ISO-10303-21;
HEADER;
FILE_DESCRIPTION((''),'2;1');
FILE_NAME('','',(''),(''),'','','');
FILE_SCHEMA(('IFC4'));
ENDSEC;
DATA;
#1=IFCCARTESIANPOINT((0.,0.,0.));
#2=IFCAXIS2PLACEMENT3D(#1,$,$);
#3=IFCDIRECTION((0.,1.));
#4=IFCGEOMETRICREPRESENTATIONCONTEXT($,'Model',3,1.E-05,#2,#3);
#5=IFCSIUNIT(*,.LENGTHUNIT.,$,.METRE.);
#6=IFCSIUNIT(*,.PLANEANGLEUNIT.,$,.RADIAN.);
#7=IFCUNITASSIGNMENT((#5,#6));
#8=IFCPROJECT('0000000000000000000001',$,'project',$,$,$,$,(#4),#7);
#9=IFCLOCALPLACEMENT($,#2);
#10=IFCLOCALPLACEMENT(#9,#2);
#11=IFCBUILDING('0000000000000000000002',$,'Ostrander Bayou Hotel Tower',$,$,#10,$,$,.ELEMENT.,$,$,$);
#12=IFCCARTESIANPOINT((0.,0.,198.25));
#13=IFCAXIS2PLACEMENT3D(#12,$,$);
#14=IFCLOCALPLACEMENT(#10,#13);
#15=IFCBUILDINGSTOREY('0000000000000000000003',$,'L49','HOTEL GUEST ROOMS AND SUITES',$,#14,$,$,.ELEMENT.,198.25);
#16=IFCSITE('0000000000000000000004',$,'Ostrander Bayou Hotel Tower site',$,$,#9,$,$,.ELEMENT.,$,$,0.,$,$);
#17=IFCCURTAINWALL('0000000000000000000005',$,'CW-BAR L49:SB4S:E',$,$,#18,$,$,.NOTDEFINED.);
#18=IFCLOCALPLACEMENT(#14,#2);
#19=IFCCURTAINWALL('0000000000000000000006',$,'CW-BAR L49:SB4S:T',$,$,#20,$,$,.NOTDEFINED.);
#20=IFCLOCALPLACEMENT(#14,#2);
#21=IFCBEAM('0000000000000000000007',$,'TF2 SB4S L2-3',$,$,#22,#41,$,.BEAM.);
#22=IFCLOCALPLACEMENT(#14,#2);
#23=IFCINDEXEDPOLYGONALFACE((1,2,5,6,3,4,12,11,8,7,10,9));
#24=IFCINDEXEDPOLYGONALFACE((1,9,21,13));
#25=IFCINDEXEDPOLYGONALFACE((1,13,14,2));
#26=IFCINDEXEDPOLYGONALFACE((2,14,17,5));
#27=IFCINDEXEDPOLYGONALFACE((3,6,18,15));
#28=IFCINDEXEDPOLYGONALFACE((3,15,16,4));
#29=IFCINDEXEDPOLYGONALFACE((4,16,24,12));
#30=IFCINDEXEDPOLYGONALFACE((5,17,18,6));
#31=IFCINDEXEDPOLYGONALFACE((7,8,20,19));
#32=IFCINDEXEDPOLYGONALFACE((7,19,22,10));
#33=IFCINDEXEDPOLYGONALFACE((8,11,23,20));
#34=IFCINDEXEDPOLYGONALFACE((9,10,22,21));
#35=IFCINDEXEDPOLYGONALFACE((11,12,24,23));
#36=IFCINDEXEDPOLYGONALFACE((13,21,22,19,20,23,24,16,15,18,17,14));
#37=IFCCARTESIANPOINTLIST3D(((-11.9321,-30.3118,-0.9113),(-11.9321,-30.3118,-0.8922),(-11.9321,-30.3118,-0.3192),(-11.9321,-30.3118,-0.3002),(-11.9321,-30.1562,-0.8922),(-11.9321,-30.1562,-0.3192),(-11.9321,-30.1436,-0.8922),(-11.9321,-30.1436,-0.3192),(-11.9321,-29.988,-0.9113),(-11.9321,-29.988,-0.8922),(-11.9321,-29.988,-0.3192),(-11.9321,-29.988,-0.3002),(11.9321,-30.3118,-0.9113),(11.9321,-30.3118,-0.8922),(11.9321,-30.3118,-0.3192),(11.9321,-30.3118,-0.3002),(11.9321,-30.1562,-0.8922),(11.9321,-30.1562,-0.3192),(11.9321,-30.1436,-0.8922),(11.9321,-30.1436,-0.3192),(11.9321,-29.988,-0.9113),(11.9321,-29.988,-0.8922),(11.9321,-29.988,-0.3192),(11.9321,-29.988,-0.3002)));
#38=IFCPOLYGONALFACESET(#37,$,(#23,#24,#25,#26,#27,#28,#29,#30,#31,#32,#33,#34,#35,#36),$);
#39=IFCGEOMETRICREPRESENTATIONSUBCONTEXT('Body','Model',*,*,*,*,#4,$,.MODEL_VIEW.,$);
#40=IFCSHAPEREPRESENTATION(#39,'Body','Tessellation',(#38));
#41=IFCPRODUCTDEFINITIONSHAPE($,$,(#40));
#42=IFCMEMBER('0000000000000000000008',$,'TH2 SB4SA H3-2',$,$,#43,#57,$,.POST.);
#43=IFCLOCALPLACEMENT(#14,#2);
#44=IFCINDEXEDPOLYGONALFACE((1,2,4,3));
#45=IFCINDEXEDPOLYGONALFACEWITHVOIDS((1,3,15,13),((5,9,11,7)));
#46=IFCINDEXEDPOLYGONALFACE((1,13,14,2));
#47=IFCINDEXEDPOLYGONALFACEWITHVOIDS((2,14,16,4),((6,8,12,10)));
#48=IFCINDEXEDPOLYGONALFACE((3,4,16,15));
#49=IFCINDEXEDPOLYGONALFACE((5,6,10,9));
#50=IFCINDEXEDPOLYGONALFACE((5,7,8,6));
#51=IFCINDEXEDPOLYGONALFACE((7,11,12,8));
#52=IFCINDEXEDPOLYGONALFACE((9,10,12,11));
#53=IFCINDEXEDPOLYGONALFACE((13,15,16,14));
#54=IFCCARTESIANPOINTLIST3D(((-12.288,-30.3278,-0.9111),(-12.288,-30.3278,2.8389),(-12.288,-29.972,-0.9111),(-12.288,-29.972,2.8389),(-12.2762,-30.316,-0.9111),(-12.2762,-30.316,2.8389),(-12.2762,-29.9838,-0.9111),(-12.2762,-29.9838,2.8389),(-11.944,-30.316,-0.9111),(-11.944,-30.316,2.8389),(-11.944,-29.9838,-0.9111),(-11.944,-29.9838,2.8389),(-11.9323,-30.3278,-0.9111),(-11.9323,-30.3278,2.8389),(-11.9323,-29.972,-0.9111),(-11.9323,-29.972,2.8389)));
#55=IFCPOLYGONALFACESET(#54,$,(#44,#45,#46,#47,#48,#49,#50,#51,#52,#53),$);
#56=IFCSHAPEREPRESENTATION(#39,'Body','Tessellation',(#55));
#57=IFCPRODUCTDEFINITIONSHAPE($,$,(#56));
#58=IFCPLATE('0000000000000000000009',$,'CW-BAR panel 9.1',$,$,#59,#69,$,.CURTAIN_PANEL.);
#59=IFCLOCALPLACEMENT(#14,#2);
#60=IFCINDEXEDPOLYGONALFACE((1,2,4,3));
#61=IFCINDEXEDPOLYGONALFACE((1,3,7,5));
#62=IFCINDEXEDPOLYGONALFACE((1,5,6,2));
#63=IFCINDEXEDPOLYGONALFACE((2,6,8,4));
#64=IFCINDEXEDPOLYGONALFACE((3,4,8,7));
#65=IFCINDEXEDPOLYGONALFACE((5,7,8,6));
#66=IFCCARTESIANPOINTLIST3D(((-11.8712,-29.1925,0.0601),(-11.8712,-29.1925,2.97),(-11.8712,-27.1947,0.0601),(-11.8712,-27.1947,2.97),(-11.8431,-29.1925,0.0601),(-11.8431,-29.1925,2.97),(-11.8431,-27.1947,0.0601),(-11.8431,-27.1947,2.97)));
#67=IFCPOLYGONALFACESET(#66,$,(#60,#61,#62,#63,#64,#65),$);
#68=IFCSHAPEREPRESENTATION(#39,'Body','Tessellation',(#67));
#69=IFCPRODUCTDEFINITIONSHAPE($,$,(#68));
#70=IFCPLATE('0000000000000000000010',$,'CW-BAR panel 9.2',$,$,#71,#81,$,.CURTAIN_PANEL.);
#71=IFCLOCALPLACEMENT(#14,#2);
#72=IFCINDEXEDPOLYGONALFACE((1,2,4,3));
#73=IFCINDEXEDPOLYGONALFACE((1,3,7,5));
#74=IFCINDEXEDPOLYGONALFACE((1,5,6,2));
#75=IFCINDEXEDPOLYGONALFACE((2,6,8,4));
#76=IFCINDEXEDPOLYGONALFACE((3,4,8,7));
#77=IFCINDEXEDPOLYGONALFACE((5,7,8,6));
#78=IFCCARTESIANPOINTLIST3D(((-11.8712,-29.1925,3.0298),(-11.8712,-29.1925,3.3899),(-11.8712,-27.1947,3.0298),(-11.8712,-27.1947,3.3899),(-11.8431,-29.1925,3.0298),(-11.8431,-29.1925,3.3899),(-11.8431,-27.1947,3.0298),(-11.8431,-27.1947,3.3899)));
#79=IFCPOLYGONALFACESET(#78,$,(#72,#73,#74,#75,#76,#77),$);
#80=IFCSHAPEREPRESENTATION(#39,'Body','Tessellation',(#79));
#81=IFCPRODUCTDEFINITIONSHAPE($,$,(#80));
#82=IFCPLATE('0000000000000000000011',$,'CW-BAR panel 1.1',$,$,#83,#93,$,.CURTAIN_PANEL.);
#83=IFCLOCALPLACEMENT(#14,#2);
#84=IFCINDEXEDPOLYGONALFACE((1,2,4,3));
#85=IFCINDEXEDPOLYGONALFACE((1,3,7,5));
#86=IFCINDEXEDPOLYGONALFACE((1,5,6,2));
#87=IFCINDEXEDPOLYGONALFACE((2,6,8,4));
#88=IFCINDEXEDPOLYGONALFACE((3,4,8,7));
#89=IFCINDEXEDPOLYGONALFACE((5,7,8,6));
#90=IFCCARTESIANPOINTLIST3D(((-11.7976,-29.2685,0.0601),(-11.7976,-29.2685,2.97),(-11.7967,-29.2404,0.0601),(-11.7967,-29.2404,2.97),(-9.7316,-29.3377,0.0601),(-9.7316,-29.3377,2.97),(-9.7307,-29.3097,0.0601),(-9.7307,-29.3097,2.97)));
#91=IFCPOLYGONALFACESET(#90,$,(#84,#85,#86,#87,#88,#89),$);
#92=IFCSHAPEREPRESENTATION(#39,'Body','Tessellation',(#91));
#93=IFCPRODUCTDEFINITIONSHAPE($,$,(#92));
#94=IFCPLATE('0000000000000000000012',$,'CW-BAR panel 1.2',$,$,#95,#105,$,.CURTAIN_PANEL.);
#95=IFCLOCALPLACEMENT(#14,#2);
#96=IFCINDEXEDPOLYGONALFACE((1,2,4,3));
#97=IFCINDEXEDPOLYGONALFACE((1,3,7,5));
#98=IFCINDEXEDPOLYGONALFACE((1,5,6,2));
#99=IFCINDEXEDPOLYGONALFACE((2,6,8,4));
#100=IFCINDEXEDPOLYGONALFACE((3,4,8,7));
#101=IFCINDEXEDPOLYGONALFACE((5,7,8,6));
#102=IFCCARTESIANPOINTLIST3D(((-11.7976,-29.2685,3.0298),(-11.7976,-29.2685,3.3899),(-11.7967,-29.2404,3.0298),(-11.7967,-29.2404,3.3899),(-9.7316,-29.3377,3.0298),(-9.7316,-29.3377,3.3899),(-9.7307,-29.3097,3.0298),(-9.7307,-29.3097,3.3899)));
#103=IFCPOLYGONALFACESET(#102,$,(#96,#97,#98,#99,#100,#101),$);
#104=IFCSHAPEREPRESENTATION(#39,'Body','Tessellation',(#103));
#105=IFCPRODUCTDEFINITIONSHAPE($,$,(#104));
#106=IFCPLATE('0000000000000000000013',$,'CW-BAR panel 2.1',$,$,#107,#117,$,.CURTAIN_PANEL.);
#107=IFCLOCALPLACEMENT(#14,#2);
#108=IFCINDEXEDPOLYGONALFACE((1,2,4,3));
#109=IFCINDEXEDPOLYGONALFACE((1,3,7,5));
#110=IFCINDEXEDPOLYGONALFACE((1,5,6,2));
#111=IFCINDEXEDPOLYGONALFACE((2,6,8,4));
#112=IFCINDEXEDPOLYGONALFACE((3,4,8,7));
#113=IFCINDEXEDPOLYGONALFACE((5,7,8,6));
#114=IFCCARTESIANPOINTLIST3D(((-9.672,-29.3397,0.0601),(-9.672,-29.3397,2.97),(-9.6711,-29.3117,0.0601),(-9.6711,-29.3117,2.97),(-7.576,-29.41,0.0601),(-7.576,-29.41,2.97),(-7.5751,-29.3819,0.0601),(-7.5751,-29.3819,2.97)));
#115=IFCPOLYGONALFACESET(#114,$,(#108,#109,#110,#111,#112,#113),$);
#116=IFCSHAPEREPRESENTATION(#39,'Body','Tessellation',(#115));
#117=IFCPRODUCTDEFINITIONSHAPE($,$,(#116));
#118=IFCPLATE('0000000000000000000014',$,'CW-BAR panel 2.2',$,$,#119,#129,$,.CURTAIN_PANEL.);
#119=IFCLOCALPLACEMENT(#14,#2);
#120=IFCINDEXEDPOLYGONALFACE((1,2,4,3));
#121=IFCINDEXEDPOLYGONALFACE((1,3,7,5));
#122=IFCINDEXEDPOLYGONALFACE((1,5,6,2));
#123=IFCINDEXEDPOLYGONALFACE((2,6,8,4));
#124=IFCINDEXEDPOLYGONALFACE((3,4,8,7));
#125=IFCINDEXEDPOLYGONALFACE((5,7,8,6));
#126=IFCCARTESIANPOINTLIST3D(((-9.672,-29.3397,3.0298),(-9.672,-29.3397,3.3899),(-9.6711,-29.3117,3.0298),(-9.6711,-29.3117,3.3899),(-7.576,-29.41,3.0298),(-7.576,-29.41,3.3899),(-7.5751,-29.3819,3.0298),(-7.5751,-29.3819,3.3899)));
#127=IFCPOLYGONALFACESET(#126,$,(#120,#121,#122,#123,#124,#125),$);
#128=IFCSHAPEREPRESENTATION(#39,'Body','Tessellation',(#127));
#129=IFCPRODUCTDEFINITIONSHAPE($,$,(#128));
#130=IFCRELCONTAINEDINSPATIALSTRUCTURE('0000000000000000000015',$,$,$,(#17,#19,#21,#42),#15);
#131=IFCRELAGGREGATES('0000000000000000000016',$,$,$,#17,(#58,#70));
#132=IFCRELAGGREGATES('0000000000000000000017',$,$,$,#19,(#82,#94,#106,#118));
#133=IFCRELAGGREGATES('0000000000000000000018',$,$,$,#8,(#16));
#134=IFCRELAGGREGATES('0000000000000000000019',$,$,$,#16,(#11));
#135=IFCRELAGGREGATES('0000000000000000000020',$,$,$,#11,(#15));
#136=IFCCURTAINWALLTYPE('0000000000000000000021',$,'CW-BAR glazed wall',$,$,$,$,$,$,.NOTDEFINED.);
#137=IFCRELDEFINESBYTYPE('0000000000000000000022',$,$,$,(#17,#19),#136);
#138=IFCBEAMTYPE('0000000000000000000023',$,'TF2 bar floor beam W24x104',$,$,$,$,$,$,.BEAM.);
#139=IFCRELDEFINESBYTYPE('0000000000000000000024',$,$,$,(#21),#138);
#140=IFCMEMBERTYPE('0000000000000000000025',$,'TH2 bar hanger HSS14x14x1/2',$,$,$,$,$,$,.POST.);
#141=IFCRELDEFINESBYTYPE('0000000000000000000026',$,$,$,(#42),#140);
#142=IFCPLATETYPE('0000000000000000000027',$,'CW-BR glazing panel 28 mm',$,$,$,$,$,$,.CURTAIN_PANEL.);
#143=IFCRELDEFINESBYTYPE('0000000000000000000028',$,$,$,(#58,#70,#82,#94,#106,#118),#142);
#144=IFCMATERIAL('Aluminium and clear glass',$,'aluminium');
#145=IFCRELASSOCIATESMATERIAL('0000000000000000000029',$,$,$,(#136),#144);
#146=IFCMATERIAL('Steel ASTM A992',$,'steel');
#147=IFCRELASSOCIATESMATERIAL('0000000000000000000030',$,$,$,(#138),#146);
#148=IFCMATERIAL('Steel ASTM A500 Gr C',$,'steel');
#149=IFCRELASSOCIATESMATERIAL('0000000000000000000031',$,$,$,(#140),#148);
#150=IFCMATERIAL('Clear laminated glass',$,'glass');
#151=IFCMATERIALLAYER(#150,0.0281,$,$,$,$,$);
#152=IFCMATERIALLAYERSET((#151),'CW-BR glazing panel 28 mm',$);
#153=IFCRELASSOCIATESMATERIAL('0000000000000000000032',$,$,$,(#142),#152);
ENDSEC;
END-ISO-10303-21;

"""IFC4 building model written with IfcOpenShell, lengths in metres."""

from ifc_helpers import new_model, si_unit, direction, frame, origin, origin_2d, place, context, subcontext, project, spatial, rectangle, hollow_rectangle, i_section, extrude, material, layer, layer_set, material_profile, profile_set, type_object, element, aggregate, save


model = new_model("IFC4")

# Units and contexts
model_context = context("Model", 3, precision=1e-05, world=origin(), true_north=direction((0.0, 1.0)))
body_context = subcontext(model_context, "Body", "Model", "MODEL_VIEW")
ifc_project = project(units=[si_unit("LENGTHUNIT", "METRE"), si_unit("PLANEANGLEUNIT", "RADIAN")], contexts=[model_context])

# Site, building, storey
site_placement = place(None, origin())
site = spatial("IfcSite", under=ifc_project, at=site_placement, Name="Ostrander Bayou Hotel Tower site", CompositionType="ELEMENT", RefElevation=0.0)
building_placement = place(site_placement, origin())
building = spatial("IfcBuilding", under=site, at=building_placement, Name="Ostrander Bayou Hotel Tower", CompositionType="ELEMENT")
storey_placement = place(building_placement, frame((0.0, 0.0, 198.25)))
storey = spatial("IfcBuildingStorey", under=building, at=storey_placement, Name="L49", Description="HOTEL GUEST ROOMS AND SUITES", CompositionType="ELEMENT", Elevation=198.25)

# Curtain wall
ifc_material_1 = material(Name="Aluminium and clear glass", Category="aluminium")
curtain_wall_type = type_object("IfcCurtainWallType", Name="CW-BAR glazed wall", PredefinedType="NOTDEFINED", material=ifc_material_1)
curtain_wall_1_placement = place(storey_placement, origin())
curtain_wall_1 = element("IfcCurtainWall", 1, at=curtain_wall_1_placement, inside=storey, type_object=curtain_wall_type, Name="CW-BAR L49:SB4S:E", PredefinedType="NOTDEFINED")

# Curtain wall
curtain_wall_2_placement = place(storey_placement, origin())
curtain_wall_2 = element("IfcCurtainWall", 2, at=curtain_wall_2_placement, inside=storey, type_object=curtain_wall_type, Name="CW-BAR L49:SB4S:T", PredefinedType="NOTDEFINED")

# Beam
ifc_material_2 = material(Name="Steel ASTM A992", Category="steel")
ifc_material_profile_1 = material_profile(ifc_material_2, i_section(OverallWidth=0.3237, OverallDepth=0.6111, WebThickness=0.0127, FlangeThickness=0.019, at=origin_2d()))
ifc_profile_set_1 = profile_set([ifc_material_profile_1], Name="Steel ASTM A992")
beam_type = type_object("IfcBeamType", Name="TF2 bar floor beam W24x104", PredefinedType="BEAM", material=ifc_profile_set_1)
beam_placement = place(storey_placement, frame((-11.9321, -30.1499, -0.6057), z_axis=(1.0, 0.0, 0.0), x_axis=(0.0, 1.0, 0.0)))
element("IfcBeam", 3, at=beam_placement, inside=storey, type_object=beam_type, Name="TF2 SB4S L2-3", PredefinedType="BEAM", context=body_context, shape_type="SweptSolid", body=[
    extrude(i_section(OverallWidth=0.3237, OverallDepth=0.6111, WebThickness=0.0127, FlangeThickness=0.019, at=origin_2d()), origin(), (0.0, 0.0, 1.0), 23.8643),
])

# Member
ifc_material_3 = material(Name="Steel ASTM A500 Gr C", Category="steel")
ifc_material_profile_2 = material_profile(ifc_material_3, hollow_rectangle(XDim=0.3557, YDim=0.3557, WallThickness=0.0117, at=origin_2d()))
ifc_profile_set_2 = profile_set([ifc_material_profile_2], Name="Steel ASTM A500 Gr C")
member_type_1 = type_object("IfcMemberType", Name="TH2 bar hanger HSS14x14x1/2", PredefinedType="POST", material=ifc_profile_set_2)
member_1_placement = place(storey_placement, frame((-12.1101, -30.1499, -0.9111), z_axis=(0.0, 0.0, 1.0), x_axis=(1.0, 0.0, 0.0)))
element("IfcMember", 4, at=member_1_placement, inside=storey, type_object=member_type_1, Name="TH2 SB4SA H3-2", PredefinedType="POST", context=body_context, shape_type="SweptSolid", body=[
    extrude(hollow_rectangle(XDim=0.3557, YDim=0.3557, WallThickness=0.0117, at=origin_2d()), origin(), (0.0, 0.0, 1.0), 3.75),
])

# Plates
ifc_material_4 = material(Name="Clear laminated glass", Category="glass")
ifc_layer = layer(ifc_material_4, 0.0281)
ifc_layer_set = layer_set([ifc_layer], Name="CW-BR glazing panel 28 mm")
plate_type = type_object("IfcPlateType", Name="CW-BR glazing panel 28 mm", PredefinedType="CURTAIN_PANEL", material=ifc_layer_set)
plate_1_placement = place(storey_placement, frame((-11.8572, -28.1936, 0.0601), z_axis=(0.0, 0.0, 1.0), x_axis=(0.0, -1.0, 0.0)))
plate_1 = element("IfcPlate", 5, at=plate_1_placement, type_object=plate_type, Name="CW-BAR panel 9.1", PredefinedType="CURTAIN_PANEL", context=body_context, shape_type="SweptSolid", body=[
    extrude(rectangle(XDim=1.9978, YDim=0.0281, at=origin_2d()), origin(), (0.0, 0.0, 1.0), 2.9099),
])
plate_2_placement = place(storey_placement, frame((-11.8572, -28.1936, 3.0298), z_axis=(0.0, 0.0, 1.0), x_axis=(0.0, -1.0, 0.0)))
plate_2 = element("IfcPlate", 6, at=plate_2_placement, type_object=plate_type, Name="CW-BAR panel 9.2", PredefinedType="CURTAIN_PANEL", context=body_context, shape_type="SweptSolid", body=[
    extrude(rectangle(XDim=1.9978, YDim=0.0281, at=origin_2d()), origin(), (0.0, 0.0, 1.0), 0.3601),
])
aggregate(curtain_wall_1, [plate_1, plate_2])
plate_3_placement = place(storey_placement, frame((-10.7642, -29.2891, 0.0601), z_axis=(0.0, 0.0, 1.0), x_axis=(0.999439, -0.033505, 0.0)))
plate_3 = element("IfcPlate", 7, at=plate_3_placement, type_object=plate_type, Name="CW-BAR panel 1.1", PredefinedType="CURTAIN_PANEL", context=body_context, shape_type="SweptSolid", body=[
    extrude(rectangle(XDim=2.0671, YDim=0.0281, at=origin_2d()), origin(), (0.0, 0.0, 1.0), 2.9099),
])
plate_4_placement = place(storey_placement, frame((-10.7642, -29.2891, 3.0298), z_axis=(0.0, 0.0, 1.0), x_axis=(0.999439, -0.033505, 0.0)))
plate_4 = element("IfcPlate", 8, at=plate_4_placement, type_object=plate_type, Name="CW-BAR panel 1.2", PredefinedType="CURTAIN_PANEL", context=body_context, shape_type="SweptSolid", body=[
    extrude(rectangle(XDim=2.0671, YDim=0.0281, at=origin_2d()), origin(), (0.0, 0.0, 1.0), 0.3601),
])
plate_5_placement = place(storey_placement, frame((-8.6235, -29.3608, 0.0601), z_axis=(0.0, 0.0, 1.0), x_axis=(0.999439, -0.033505, 0.0)))
plate_5 = element("IfcPlate", 9, at=plate_5_placement, type_object=plate_type, Name="CW-BAR panel 2.1", PredefinedType="CURTAIN_PANEL", context=body_context, shape_type="SweptSolid", body=[
    extrude(rectangle(XDim=2.0972, YDim=0.0281, at=origin_2d()), origin(), (0.0, 0.0, 1.0), 2.9099),
])
plate_6_placement = place(storey_placement, frame((-8.6235, -29.3608, 3.0298), z_axis=(0.0, 0.0, 1.0), x_axis=(0.999439, -0.033505, 0.0)))
plate_6 = element("IfcPlate", 10, at=plate_6_placement, type_object=plate_type, Name="CW-BAR panel 2.2", PredefinedType="CURTAIN_PANEL", context=body_context, shape_type="SweptSolid", body=[
    extrude(rectangle(XDim=2.0972, YDim=0.0281, at=origin_2d()), origin(), (0.0, 0.0, 1.0), 0.3601),
])
aggregate(curtain_wall_2, [plate_3, plate_4, plate_5, plate_6])

save(model, "model.ifc")
